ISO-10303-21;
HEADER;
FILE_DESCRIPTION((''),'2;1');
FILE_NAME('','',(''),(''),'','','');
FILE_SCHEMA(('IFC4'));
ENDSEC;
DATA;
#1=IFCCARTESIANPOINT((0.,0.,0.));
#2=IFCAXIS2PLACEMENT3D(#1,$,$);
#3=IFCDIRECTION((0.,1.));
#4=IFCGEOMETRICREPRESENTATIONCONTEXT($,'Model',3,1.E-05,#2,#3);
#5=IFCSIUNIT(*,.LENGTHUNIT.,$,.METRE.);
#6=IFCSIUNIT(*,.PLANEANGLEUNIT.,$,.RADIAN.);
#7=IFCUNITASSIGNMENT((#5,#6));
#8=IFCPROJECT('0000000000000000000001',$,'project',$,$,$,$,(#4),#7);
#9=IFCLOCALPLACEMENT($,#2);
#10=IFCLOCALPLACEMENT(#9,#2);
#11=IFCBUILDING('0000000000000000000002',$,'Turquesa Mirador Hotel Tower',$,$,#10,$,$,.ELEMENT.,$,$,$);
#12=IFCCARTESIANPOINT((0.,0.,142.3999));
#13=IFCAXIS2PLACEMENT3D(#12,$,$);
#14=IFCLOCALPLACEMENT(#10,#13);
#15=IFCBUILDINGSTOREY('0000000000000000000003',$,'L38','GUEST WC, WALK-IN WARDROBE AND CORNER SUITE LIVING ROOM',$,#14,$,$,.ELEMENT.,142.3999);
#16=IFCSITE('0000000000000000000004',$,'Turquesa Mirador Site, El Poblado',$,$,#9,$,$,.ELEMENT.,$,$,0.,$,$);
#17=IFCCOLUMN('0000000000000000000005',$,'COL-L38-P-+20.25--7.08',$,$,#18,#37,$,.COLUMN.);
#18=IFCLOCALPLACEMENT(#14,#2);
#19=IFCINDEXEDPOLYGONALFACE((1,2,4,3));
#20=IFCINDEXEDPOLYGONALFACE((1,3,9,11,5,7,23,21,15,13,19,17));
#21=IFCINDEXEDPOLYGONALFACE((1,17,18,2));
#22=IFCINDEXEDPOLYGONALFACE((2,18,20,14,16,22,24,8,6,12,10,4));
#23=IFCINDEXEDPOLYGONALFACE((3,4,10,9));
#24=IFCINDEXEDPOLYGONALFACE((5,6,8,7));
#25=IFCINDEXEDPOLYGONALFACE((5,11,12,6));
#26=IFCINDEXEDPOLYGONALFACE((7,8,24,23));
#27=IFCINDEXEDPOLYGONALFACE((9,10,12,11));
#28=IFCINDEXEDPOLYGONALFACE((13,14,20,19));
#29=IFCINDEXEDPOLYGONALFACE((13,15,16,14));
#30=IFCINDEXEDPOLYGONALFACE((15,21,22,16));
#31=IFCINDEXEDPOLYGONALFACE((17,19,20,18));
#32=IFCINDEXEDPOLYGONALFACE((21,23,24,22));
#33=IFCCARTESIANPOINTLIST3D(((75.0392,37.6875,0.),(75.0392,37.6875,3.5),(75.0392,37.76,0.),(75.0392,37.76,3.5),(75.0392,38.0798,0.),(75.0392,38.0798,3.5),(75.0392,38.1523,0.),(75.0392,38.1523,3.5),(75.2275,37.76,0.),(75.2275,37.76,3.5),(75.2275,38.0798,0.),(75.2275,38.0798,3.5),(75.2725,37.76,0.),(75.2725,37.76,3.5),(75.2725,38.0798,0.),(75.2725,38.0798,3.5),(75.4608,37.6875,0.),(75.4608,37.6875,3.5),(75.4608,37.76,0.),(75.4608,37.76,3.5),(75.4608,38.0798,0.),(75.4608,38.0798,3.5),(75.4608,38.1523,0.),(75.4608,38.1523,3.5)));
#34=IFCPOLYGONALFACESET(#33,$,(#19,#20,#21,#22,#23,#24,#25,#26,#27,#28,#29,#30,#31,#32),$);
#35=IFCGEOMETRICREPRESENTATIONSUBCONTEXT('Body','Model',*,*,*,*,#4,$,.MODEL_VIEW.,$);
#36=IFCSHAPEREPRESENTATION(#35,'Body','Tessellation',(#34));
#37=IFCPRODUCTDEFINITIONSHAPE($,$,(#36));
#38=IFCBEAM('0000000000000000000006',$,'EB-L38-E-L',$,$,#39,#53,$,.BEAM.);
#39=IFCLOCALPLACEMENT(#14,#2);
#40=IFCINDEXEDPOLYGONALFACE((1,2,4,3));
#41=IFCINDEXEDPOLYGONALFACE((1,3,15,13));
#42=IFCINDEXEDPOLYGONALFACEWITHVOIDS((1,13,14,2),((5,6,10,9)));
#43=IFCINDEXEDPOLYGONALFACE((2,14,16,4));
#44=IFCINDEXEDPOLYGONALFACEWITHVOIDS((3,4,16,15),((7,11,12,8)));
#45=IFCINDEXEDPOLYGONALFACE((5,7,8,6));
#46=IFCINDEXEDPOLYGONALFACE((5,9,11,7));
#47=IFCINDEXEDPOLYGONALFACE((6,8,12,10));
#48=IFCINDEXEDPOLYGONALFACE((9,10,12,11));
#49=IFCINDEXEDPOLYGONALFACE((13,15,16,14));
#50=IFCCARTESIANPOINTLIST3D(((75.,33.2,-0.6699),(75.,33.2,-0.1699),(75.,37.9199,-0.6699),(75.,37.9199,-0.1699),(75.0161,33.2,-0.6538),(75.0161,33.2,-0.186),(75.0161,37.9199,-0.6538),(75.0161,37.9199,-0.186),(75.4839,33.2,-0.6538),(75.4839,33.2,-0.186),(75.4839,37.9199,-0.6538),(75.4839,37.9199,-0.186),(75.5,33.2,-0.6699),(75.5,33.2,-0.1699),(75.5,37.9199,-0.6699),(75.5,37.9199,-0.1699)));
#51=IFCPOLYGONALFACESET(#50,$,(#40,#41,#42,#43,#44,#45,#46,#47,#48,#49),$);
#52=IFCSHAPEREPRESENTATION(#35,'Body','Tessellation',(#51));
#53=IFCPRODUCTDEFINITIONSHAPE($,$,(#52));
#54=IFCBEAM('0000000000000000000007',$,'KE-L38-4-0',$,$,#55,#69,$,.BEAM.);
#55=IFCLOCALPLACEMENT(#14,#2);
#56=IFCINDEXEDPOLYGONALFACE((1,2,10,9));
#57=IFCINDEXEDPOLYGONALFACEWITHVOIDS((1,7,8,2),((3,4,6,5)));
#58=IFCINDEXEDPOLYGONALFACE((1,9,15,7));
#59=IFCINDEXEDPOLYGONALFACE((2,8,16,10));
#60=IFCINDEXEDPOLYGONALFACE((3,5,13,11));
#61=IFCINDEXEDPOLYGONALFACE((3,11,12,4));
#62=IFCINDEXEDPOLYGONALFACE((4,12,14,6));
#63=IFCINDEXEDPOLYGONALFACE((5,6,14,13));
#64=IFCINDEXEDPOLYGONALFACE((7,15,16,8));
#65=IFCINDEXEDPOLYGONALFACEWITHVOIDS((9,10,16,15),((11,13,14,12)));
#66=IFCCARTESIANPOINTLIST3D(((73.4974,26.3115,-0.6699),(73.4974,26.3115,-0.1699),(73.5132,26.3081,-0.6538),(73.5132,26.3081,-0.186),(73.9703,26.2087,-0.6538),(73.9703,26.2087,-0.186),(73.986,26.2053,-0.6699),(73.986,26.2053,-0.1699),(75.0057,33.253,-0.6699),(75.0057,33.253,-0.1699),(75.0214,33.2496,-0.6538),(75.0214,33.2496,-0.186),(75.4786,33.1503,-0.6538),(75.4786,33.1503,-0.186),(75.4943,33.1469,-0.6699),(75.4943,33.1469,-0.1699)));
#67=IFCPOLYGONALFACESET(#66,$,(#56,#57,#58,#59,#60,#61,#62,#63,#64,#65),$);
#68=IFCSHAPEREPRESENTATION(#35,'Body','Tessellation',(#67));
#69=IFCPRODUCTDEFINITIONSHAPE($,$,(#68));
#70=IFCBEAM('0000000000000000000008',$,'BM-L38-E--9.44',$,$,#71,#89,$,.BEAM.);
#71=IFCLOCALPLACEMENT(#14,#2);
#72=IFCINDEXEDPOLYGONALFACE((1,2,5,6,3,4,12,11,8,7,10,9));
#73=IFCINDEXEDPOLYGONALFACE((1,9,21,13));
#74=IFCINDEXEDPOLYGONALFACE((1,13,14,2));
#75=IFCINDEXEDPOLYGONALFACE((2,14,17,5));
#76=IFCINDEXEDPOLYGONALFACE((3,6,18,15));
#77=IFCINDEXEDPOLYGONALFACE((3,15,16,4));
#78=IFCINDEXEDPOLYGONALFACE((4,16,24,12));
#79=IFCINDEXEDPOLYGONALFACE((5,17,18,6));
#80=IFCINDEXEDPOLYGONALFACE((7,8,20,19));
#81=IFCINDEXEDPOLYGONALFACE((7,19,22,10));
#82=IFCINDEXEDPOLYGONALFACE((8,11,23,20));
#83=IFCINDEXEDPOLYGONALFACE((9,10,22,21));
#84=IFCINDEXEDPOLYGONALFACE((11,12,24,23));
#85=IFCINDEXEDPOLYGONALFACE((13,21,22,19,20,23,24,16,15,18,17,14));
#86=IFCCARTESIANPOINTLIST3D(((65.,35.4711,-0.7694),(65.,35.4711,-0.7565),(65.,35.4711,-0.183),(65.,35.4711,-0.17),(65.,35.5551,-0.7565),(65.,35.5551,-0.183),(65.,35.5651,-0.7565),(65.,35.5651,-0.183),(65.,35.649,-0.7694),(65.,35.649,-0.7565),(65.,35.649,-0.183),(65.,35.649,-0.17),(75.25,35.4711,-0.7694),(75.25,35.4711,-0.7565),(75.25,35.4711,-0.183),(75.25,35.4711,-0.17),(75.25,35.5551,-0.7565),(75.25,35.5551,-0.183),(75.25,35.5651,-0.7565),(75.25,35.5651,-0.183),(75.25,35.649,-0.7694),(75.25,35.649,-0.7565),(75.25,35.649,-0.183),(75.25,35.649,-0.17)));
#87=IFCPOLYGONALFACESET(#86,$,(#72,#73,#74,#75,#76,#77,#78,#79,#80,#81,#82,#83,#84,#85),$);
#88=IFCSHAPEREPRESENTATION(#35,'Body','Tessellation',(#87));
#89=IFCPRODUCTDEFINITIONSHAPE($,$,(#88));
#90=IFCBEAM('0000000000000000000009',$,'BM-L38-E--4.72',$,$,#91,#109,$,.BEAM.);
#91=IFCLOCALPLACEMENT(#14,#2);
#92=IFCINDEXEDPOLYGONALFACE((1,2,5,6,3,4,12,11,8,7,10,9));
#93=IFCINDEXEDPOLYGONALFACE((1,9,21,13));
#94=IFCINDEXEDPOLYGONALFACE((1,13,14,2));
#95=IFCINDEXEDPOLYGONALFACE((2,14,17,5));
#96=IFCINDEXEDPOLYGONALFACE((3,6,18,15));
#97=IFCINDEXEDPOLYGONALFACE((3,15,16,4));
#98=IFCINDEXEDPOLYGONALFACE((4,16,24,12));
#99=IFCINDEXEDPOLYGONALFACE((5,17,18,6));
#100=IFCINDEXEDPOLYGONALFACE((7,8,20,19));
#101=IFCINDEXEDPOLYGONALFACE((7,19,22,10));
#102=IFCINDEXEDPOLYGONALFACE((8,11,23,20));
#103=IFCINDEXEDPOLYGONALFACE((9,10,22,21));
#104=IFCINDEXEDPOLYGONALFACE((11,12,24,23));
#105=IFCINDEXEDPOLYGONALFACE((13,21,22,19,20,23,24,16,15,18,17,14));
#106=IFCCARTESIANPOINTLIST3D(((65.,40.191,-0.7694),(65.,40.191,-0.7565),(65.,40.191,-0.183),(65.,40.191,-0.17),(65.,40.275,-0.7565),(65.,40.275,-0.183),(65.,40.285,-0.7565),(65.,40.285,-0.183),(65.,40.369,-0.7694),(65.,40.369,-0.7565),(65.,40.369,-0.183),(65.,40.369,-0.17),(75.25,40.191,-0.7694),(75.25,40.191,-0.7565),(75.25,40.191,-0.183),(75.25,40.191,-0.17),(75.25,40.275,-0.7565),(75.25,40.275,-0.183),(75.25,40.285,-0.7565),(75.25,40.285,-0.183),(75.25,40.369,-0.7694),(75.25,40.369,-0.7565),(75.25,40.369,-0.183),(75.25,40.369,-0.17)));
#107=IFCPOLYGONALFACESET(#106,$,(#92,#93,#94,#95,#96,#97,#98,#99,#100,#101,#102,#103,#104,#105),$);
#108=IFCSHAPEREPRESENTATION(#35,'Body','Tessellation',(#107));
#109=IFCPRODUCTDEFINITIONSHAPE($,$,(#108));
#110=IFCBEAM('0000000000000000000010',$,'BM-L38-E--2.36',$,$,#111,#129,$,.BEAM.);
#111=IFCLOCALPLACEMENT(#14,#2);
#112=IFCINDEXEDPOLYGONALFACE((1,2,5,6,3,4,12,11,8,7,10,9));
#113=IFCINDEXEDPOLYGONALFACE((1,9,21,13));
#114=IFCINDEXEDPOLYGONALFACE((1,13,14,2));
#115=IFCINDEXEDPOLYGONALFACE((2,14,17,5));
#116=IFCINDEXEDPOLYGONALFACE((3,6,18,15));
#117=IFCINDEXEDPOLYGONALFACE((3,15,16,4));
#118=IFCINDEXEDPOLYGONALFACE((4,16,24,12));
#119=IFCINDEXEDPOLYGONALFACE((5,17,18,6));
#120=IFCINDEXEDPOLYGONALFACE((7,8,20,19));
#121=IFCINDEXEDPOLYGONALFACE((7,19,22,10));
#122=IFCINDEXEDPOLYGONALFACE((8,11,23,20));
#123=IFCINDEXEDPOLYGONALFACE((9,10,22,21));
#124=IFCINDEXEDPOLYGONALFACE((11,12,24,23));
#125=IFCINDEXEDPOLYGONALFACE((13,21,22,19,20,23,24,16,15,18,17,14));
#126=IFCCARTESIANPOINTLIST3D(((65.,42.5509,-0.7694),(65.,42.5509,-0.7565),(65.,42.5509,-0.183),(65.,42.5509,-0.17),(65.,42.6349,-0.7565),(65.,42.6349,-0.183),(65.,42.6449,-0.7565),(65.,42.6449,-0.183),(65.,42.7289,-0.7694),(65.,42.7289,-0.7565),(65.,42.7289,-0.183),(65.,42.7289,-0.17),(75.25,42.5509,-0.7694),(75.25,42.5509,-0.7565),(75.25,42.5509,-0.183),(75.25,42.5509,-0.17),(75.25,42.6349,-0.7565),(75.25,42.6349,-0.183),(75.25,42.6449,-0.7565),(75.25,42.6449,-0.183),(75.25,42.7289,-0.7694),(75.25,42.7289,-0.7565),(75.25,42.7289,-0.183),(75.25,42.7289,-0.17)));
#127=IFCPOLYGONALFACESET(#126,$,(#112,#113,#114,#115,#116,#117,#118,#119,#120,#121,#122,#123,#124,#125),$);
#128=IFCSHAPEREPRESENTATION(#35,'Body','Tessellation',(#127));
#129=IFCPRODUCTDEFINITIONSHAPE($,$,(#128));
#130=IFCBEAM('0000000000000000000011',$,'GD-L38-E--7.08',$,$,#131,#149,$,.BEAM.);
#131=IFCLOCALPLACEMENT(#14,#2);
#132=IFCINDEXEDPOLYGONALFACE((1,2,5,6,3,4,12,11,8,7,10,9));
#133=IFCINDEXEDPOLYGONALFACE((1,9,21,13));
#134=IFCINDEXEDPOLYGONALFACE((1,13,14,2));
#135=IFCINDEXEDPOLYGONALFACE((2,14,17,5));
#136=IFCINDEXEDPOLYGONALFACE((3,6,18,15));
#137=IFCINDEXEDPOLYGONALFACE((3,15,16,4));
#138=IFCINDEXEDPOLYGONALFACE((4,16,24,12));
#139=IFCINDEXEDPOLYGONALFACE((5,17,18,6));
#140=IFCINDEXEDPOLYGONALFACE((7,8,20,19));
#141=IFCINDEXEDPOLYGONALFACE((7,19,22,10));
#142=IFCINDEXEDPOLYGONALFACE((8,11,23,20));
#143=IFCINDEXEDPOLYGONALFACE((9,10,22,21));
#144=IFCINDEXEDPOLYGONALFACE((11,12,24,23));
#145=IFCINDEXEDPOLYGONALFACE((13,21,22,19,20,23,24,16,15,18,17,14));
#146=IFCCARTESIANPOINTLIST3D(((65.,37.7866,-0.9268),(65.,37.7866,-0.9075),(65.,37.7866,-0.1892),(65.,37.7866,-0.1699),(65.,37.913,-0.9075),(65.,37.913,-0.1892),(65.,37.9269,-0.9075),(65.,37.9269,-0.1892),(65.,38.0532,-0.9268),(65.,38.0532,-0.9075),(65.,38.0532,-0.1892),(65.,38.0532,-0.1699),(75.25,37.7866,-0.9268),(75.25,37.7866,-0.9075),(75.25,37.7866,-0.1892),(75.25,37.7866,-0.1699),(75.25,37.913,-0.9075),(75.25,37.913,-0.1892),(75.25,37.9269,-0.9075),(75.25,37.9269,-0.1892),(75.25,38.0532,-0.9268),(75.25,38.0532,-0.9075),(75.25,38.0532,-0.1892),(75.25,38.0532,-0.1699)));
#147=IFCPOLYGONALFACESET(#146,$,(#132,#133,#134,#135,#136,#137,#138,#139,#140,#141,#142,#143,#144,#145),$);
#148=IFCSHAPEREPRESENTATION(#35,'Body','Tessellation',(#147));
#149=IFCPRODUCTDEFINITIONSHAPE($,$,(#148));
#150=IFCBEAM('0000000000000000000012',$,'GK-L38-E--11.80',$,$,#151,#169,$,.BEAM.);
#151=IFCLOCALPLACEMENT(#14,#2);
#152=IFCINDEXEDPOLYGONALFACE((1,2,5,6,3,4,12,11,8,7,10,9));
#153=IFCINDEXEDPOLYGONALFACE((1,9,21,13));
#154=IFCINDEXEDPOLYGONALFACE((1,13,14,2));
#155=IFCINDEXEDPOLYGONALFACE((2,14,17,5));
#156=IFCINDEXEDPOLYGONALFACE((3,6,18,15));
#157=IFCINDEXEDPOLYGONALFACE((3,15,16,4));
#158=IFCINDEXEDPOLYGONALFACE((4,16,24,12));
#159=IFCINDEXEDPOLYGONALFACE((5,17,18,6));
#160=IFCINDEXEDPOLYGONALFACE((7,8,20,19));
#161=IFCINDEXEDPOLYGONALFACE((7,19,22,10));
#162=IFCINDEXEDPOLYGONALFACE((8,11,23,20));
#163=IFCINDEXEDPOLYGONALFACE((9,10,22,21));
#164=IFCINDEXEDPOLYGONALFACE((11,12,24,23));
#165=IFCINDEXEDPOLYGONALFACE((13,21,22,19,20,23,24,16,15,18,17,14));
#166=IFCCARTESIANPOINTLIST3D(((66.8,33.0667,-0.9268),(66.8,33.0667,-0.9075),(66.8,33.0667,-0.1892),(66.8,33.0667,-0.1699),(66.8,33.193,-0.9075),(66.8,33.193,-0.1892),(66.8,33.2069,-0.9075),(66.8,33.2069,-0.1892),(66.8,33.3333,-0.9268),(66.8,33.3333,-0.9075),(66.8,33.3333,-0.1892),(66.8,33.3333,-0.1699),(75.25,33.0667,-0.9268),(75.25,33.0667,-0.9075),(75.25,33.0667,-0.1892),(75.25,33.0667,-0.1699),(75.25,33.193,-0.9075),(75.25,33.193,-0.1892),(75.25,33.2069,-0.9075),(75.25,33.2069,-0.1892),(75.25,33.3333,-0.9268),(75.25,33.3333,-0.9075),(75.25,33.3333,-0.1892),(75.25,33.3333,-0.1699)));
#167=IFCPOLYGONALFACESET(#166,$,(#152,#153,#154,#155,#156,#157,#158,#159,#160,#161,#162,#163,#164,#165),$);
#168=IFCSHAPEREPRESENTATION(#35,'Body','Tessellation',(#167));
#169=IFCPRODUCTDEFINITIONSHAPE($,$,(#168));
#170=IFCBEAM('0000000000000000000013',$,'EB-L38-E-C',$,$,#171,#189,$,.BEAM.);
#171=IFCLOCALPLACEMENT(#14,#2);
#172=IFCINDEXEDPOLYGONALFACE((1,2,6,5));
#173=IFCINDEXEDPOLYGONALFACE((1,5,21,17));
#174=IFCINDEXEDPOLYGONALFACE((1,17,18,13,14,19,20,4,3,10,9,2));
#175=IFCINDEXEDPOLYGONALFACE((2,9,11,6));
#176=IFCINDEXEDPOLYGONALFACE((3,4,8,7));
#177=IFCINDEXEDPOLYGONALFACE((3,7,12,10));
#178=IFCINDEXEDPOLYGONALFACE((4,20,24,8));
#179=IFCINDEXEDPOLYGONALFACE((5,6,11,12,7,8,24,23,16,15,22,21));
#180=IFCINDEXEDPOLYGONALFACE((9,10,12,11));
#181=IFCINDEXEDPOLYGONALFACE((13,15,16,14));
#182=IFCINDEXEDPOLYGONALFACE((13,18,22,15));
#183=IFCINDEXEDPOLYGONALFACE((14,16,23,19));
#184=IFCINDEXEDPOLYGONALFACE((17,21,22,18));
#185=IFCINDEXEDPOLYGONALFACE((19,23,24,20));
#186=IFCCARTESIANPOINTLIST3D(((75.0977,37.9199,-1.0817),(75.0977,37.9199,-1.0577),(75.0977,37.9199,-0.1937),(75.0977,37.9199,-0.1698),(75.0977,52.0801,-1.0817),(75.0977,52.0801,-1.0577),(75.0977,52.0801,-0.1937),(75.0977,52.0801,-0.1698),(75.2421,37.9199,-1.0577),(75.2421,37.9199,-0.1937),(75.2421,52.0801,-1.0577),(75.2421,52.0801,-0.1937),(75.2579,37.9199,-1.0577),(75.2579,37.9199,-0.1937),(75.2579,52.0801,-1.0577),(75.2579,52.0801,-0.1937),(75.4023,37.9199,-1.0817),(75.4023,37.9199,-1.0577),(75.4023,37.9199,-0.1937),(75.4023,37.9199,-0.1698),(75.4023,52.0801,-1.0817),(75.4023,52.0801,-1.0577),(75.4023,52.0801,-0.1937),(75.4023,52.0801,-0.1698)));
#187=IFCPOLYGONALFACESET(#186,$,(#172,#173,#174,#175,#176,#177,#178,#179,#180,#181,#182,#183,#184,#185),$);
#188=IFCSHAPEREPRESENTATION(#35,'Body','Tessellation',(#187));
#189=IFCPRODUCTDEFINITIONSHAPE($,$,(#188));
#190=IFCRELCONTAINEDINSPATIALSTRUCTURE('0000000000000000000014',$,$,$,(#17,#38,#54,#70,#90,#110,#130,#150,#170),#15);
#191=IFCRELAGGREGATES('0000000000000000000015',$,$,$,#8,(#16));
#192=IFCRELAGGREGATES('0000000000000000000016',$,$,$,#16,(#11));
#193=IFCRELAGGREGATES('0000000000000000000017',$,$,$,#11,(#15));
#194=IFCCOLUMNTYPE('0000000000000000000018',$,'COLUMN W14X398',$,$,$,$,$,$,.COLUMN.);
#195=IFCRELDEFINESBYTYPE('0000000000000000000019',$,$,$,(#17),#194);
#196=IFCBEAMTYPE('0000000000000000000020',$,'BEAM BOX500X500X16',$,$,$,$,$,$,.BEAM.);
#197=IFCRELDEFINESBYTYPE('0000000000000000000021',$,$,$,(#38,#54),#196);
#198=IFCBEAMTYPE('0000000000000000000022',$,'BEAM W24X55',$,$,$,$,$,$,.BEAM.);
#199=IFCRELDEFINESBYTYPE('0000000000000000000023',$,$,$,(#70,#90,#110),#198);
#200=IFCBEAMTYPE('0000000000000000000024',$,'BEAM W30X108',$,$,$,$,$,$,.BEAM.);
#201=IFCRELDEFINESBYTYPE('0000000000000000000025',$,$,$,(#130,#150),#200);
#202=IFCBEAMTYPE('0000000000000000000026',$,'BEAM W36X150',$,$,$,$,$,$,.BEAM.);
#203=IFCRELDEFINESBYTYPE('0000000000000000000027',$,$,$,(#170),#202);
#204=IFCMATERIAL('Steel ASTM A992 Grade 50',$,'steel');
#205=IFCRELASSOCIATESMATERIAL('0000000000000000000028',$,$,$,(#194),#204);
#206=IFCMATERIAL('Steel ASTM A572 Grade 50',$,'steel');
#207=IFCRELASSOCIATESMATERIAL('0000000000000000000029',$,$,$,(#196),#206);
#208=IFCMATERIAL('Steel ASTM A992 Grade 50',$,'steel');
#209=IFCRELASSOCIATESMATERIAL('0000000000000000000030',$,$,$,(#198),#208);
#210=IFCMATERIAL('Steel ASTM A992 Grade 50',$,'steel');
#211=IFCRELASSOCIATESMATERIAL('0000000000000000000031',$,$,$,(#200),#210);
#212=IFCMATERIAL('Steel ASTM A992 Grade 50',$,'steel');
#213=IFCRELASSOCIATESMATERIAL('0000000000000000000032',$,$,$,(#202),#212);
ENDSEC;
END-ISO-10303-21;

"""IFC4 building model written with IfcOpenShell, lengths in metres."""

from ifc_helpers import new_model, si_unit, direction, frame, origin, origin_2d, place, context, subcontext, project, spatial, hollow_rectangle, i_section, extrude, material, material_profile, profile_set, type_object, element, save


model = new_model("IFC4")

# Units and contexts
model_context = context("Model", 3, precision=1e-05, world=origin(), true_north=direction((0.0, 1.0)))
body_context = subcontext(model_context, "Body", "Model", "MODEL_VIEW")
ifc_project = project(units=[si_unit("LENGTHUNIT", "METRE"), si_unit("PLANEANGLEUNIT", "RADIAN")], contexts=[model_context])

# Site, building, storey
site_placement = place(None, origin())
site = spatial("IfcSite", under=ifc_project, at=site_placement, Name="Turquesa Mirador Site, El Poblado", CompositionType="ELEMENT", RefElevation=0.0)
building_placement = place(site_placement, origin())
building = spatial("IfcBuilding", under=site, at=building_placement, Name="Turquesa Mirador Hotel Tower", CompositionType="ELEMENT")
storey_placement = place(building_placement, frame((0.0, 0.0, 142.3999)))
storey = spatial("IfcBuildingStorey", under=building, at=storey_placement, Name="L38", Description="GUEST WC, WALK-IN WARDROBE AND CORNER SUITE LIVING ROOM", CompositionType="ELEMENT", Elevation=142.3999)

# Column
ifc_material_1 = material(Name="Steel ASTM A992 Grade 50", Category="steel")
ifc_material_profile_1 = material_profile(ifc_material_1, i_section(OverallWidth=0.4216, OverallDepth=0.4648, WebThickness=0.0449, FlangeThickness=0.0725, at=origin_2d()), Name="W14X398")
ifc_profile_set_1 = profile_set([ifc_material_profile_1], Name="Steel ASTM A992 Grade 50")
column_type = type_object("IfcColumnType", Name="COLUMN W14X398", PredefinedType="COLUMN", material=ifc_profile_set_1)
column_placement = place(storey_placement, frame((75.25, 37.9199, 0.0), z_axis=(0.0, 0.0, 1.0), x_axis=(1.0, 0.0, 0.0)))
element("IfcColumn", 1, at=column_placement, inside=storey, type_object=column_type, Name="COL-L38-P-+20.25--7.08", PredefinedType="COLUMN", context=body_context, shape_type="SweptSolid", body=[
    extrude(i_section(OverallWidth=0.4216, OverallDepth=0.4648, WebThickness=0.0449, FlangeThickness=0.0725, at=origin_2d()), origin(), (0.0, 0.0, 1.0), 3.5),
])

# Beams
ifc_material_2 = material(Name="Steel ASTM A572 Grade 50", Category="steel")
ifc_material_profile_2 = material_profile(ifc_material_2, hollow_rectangle(XDim=0.5, YDim=0.5, WallThickness=0.0161, at=origin_2d()), Name="BOX500X500X16")
ifc_profile_set_2 = profile_set([ifc_material_profile_2], Name="Steel ASTM A572 Grade 50")
beam_type_1 = type_object("IfcBeamType", Name="BEAM BOX500X500X16", PredefinedType="BEAM", material=ifc_profile_set_2)
beam_1_placement = place(storey_placement, frame((75.25, 33.2, -0.4199), z_axis=(0.0, 1.0, 0.0), x_axis=(-1.0, 0.0, 0.0)))
element("IfcBeam", 2, at=beam_1_placement, inside=storey, type_object=beam_type_1, Name="EB-L38-E-L", PredefinedType="BEAM", context=body_context, shape_type="SweptSolid", body=[
    extrude(hollow_rectangle(XDim=0.5, YDim=0.5, WallThickness=0.0161, at=origin_2d()), origin(), (0.0, 0.0, 1.0), 4.72),
])
beam_2_placement = place(storey_placement, frame((75.25, 33.2, -0.4199), z_axis=(-0.212328, -0.977198, 0.0), x_axis=(0.977198, -0.212328, 0.0)))
element("IfcBeam", 3, at=beam_2_placement, inside=storey, type_object=beam_type_1, Name="KE-L38-4-0", PredefinedType="BEAM", context=body_context, shape_type="SweptSolid", body=[
    extrude(hollow_rectangle(XDim=0.5, YDim=0.5, WallThickness=0.0161, at=origin_2d()), origin(), (0.0, 0.0, 1.0), 7.1035),
])
ifc_material_3 = material(Name="Steel ASTM A992 Grade 50", Category="steel")
ifc_material_profile_3 = material_profile(ifc_material_3, i_section(OverallWidth=0.178, OverallDepth=0.5994, WebThickness=0.01, FlangeThickness=0.0129, at=origin_2d()), Name="W24X55")
ifc_profile_set_3 = profile_set([ifc_material_profile_3], Name="Steel ASTM A992 Grade 50")
beam_type_2 = type_object("IfcBeamType", Name="BEAM W24X55", PredefinedType="BEAM", material=ifc_profile_set_3)
for number, where, z_axis, x_axis, name in (
    (4, (75.25, 35.5601, -0.4697), (-1.0, 0.0, 0.0), (0.0, -1.0, 0.0), "BM-L38-E--9.44"),
    (5, (75.25, 40.28, -0.4697), (-1.0, 0.0, 0.0), (0.0, -1.0, 0.0), "BM-L38-E--4.72"),
    (6, (75.25, 42.6399, -0.4697), (-1.0, 0.0, 0.0), (0.0, -1.0, 0.0), "BM-L38-E--2.36"),
):
    element("IfcBeam", number, at=place(storey_placement, frame(where, z_axis=z_axis, x_axis=x_axis)), inside=storey, type_object=beam_type_2, Name=name, PredefinedType="BEAM", context=body_context, shape_type="SweptSolid", body=[
        extrude(i_section(OverallWidth=0.178, OverallDepth=0.5994, WebThickness=0.01, FlangeThickness=0.0129, at=origin_2d()), origin(), (0.0, 0.0, 1.0), 10.25),
    ])
ifc_material_4 = material(Name="Steel ASTM A992 Grade 50", Category="steel")
ifc_material_profile_4 = material_profile(ifc_material_4, i_section(OverallWidth=0.2666, OverallDepth=0.7568, WebThickness=0.0139, FlangeThickness=0.0193, at=origin_2d()), Name="W30X108")
ifc_profile_set_4 = profile_set([ifc_material_profile_4], Name="Steel ASTM A992 Grade 50")
beam_type_3 = type_object("IfcBeamType", Name="BEAM W30X108", PredefinedType="BEAM", material=ifc_profile_set_4)
beam_3_placement = place(storey_placement, frame((75.25, 37.9199, -0.5483), z_axis=(-1.0, 0.0, 0.0), x_axis=(0.0, -1.0, 0.0)))
element("IfcBeam", 7, at=beam_3_placement, inside=storey, type_object=beam_type_3, Name="GD-L38-E--7.08", PredefinedType="BEAM", context=body_context, shape_type="SweptSolid", body=[
    extrude(i_section(OverallWidth=0.2666, OverallDepth=0.7568, WebThickness=0.0139, FlangeThickness=0.0193, at=origin_2d()), origin(), (0.0, 0.0, 1.0), 10.25),
])
beam_4_placement = place(storey_placement, frame((75.25, 33.2, -0.5483), z_axis=(-1.0, 0.0, 0.0), x_axis=(0.0, -1.0, 0.0)))
element("IfcBeam", 8, at=beam_4_placement, inside=storey, type_object=beam_type_3, Name="GK-L38-E--11.80", PredefinedType="BEAM", context=body_context, shape_type="SweptSolid", body=[
    extrude(i_section(OverallWidth=0.2666, OverallDepth=0.7568, WebThickness=0.0139, FlangeThickness=0.0193, at=origin_2d()), origin(), (0.0, 0.0, 1.0), 8.45),
])
ifc_material_5 = material(Name="Steel ASTM A992 Grade 50", Category="steel")
ifc_material_profile_5 = material_profile(ifc_material_5, i_section(OverallWidth=0.3047, OverallDepth=0.9119, WebThickness=0.0159, FlangeThickness=0.0239, at=origin_2d()), Name="W36X150")
ifc_profile_set_5 = profile_set([ifc_material_profile_5], Name="Steel ASTM A992 Grade 50")
beam_type_4 = type_object("IfcBeamType", Name="BEAM W36X150", PredefinedType="BEAM", material=ifc_profile_set_5)
beam_5_placement = place(storey_placement, frame((75.25, 37.9199, -0.6257), z_axis=(0.0, 1.0, 0.0), x_axis=(-1.0, 0.0, 0.0)))
element("IfcBeam", 9, at=beam_5_placement, inside=storey, type_object=beam_type_4, Name="EB-L38-E-C", PredefinedType="BEAM", context=body_context, shape_type="SweptSolid", body=[
    extrude(i_section(OverallWidth=0.3047, OverallDepth=0.9119, WebThickness=0.0159, FlangeThickness=0.0239, at=origin_2d()), origin(), (0.0, 0.0, 1.0), 14.1602),
])

save(model, "model.ifc")
